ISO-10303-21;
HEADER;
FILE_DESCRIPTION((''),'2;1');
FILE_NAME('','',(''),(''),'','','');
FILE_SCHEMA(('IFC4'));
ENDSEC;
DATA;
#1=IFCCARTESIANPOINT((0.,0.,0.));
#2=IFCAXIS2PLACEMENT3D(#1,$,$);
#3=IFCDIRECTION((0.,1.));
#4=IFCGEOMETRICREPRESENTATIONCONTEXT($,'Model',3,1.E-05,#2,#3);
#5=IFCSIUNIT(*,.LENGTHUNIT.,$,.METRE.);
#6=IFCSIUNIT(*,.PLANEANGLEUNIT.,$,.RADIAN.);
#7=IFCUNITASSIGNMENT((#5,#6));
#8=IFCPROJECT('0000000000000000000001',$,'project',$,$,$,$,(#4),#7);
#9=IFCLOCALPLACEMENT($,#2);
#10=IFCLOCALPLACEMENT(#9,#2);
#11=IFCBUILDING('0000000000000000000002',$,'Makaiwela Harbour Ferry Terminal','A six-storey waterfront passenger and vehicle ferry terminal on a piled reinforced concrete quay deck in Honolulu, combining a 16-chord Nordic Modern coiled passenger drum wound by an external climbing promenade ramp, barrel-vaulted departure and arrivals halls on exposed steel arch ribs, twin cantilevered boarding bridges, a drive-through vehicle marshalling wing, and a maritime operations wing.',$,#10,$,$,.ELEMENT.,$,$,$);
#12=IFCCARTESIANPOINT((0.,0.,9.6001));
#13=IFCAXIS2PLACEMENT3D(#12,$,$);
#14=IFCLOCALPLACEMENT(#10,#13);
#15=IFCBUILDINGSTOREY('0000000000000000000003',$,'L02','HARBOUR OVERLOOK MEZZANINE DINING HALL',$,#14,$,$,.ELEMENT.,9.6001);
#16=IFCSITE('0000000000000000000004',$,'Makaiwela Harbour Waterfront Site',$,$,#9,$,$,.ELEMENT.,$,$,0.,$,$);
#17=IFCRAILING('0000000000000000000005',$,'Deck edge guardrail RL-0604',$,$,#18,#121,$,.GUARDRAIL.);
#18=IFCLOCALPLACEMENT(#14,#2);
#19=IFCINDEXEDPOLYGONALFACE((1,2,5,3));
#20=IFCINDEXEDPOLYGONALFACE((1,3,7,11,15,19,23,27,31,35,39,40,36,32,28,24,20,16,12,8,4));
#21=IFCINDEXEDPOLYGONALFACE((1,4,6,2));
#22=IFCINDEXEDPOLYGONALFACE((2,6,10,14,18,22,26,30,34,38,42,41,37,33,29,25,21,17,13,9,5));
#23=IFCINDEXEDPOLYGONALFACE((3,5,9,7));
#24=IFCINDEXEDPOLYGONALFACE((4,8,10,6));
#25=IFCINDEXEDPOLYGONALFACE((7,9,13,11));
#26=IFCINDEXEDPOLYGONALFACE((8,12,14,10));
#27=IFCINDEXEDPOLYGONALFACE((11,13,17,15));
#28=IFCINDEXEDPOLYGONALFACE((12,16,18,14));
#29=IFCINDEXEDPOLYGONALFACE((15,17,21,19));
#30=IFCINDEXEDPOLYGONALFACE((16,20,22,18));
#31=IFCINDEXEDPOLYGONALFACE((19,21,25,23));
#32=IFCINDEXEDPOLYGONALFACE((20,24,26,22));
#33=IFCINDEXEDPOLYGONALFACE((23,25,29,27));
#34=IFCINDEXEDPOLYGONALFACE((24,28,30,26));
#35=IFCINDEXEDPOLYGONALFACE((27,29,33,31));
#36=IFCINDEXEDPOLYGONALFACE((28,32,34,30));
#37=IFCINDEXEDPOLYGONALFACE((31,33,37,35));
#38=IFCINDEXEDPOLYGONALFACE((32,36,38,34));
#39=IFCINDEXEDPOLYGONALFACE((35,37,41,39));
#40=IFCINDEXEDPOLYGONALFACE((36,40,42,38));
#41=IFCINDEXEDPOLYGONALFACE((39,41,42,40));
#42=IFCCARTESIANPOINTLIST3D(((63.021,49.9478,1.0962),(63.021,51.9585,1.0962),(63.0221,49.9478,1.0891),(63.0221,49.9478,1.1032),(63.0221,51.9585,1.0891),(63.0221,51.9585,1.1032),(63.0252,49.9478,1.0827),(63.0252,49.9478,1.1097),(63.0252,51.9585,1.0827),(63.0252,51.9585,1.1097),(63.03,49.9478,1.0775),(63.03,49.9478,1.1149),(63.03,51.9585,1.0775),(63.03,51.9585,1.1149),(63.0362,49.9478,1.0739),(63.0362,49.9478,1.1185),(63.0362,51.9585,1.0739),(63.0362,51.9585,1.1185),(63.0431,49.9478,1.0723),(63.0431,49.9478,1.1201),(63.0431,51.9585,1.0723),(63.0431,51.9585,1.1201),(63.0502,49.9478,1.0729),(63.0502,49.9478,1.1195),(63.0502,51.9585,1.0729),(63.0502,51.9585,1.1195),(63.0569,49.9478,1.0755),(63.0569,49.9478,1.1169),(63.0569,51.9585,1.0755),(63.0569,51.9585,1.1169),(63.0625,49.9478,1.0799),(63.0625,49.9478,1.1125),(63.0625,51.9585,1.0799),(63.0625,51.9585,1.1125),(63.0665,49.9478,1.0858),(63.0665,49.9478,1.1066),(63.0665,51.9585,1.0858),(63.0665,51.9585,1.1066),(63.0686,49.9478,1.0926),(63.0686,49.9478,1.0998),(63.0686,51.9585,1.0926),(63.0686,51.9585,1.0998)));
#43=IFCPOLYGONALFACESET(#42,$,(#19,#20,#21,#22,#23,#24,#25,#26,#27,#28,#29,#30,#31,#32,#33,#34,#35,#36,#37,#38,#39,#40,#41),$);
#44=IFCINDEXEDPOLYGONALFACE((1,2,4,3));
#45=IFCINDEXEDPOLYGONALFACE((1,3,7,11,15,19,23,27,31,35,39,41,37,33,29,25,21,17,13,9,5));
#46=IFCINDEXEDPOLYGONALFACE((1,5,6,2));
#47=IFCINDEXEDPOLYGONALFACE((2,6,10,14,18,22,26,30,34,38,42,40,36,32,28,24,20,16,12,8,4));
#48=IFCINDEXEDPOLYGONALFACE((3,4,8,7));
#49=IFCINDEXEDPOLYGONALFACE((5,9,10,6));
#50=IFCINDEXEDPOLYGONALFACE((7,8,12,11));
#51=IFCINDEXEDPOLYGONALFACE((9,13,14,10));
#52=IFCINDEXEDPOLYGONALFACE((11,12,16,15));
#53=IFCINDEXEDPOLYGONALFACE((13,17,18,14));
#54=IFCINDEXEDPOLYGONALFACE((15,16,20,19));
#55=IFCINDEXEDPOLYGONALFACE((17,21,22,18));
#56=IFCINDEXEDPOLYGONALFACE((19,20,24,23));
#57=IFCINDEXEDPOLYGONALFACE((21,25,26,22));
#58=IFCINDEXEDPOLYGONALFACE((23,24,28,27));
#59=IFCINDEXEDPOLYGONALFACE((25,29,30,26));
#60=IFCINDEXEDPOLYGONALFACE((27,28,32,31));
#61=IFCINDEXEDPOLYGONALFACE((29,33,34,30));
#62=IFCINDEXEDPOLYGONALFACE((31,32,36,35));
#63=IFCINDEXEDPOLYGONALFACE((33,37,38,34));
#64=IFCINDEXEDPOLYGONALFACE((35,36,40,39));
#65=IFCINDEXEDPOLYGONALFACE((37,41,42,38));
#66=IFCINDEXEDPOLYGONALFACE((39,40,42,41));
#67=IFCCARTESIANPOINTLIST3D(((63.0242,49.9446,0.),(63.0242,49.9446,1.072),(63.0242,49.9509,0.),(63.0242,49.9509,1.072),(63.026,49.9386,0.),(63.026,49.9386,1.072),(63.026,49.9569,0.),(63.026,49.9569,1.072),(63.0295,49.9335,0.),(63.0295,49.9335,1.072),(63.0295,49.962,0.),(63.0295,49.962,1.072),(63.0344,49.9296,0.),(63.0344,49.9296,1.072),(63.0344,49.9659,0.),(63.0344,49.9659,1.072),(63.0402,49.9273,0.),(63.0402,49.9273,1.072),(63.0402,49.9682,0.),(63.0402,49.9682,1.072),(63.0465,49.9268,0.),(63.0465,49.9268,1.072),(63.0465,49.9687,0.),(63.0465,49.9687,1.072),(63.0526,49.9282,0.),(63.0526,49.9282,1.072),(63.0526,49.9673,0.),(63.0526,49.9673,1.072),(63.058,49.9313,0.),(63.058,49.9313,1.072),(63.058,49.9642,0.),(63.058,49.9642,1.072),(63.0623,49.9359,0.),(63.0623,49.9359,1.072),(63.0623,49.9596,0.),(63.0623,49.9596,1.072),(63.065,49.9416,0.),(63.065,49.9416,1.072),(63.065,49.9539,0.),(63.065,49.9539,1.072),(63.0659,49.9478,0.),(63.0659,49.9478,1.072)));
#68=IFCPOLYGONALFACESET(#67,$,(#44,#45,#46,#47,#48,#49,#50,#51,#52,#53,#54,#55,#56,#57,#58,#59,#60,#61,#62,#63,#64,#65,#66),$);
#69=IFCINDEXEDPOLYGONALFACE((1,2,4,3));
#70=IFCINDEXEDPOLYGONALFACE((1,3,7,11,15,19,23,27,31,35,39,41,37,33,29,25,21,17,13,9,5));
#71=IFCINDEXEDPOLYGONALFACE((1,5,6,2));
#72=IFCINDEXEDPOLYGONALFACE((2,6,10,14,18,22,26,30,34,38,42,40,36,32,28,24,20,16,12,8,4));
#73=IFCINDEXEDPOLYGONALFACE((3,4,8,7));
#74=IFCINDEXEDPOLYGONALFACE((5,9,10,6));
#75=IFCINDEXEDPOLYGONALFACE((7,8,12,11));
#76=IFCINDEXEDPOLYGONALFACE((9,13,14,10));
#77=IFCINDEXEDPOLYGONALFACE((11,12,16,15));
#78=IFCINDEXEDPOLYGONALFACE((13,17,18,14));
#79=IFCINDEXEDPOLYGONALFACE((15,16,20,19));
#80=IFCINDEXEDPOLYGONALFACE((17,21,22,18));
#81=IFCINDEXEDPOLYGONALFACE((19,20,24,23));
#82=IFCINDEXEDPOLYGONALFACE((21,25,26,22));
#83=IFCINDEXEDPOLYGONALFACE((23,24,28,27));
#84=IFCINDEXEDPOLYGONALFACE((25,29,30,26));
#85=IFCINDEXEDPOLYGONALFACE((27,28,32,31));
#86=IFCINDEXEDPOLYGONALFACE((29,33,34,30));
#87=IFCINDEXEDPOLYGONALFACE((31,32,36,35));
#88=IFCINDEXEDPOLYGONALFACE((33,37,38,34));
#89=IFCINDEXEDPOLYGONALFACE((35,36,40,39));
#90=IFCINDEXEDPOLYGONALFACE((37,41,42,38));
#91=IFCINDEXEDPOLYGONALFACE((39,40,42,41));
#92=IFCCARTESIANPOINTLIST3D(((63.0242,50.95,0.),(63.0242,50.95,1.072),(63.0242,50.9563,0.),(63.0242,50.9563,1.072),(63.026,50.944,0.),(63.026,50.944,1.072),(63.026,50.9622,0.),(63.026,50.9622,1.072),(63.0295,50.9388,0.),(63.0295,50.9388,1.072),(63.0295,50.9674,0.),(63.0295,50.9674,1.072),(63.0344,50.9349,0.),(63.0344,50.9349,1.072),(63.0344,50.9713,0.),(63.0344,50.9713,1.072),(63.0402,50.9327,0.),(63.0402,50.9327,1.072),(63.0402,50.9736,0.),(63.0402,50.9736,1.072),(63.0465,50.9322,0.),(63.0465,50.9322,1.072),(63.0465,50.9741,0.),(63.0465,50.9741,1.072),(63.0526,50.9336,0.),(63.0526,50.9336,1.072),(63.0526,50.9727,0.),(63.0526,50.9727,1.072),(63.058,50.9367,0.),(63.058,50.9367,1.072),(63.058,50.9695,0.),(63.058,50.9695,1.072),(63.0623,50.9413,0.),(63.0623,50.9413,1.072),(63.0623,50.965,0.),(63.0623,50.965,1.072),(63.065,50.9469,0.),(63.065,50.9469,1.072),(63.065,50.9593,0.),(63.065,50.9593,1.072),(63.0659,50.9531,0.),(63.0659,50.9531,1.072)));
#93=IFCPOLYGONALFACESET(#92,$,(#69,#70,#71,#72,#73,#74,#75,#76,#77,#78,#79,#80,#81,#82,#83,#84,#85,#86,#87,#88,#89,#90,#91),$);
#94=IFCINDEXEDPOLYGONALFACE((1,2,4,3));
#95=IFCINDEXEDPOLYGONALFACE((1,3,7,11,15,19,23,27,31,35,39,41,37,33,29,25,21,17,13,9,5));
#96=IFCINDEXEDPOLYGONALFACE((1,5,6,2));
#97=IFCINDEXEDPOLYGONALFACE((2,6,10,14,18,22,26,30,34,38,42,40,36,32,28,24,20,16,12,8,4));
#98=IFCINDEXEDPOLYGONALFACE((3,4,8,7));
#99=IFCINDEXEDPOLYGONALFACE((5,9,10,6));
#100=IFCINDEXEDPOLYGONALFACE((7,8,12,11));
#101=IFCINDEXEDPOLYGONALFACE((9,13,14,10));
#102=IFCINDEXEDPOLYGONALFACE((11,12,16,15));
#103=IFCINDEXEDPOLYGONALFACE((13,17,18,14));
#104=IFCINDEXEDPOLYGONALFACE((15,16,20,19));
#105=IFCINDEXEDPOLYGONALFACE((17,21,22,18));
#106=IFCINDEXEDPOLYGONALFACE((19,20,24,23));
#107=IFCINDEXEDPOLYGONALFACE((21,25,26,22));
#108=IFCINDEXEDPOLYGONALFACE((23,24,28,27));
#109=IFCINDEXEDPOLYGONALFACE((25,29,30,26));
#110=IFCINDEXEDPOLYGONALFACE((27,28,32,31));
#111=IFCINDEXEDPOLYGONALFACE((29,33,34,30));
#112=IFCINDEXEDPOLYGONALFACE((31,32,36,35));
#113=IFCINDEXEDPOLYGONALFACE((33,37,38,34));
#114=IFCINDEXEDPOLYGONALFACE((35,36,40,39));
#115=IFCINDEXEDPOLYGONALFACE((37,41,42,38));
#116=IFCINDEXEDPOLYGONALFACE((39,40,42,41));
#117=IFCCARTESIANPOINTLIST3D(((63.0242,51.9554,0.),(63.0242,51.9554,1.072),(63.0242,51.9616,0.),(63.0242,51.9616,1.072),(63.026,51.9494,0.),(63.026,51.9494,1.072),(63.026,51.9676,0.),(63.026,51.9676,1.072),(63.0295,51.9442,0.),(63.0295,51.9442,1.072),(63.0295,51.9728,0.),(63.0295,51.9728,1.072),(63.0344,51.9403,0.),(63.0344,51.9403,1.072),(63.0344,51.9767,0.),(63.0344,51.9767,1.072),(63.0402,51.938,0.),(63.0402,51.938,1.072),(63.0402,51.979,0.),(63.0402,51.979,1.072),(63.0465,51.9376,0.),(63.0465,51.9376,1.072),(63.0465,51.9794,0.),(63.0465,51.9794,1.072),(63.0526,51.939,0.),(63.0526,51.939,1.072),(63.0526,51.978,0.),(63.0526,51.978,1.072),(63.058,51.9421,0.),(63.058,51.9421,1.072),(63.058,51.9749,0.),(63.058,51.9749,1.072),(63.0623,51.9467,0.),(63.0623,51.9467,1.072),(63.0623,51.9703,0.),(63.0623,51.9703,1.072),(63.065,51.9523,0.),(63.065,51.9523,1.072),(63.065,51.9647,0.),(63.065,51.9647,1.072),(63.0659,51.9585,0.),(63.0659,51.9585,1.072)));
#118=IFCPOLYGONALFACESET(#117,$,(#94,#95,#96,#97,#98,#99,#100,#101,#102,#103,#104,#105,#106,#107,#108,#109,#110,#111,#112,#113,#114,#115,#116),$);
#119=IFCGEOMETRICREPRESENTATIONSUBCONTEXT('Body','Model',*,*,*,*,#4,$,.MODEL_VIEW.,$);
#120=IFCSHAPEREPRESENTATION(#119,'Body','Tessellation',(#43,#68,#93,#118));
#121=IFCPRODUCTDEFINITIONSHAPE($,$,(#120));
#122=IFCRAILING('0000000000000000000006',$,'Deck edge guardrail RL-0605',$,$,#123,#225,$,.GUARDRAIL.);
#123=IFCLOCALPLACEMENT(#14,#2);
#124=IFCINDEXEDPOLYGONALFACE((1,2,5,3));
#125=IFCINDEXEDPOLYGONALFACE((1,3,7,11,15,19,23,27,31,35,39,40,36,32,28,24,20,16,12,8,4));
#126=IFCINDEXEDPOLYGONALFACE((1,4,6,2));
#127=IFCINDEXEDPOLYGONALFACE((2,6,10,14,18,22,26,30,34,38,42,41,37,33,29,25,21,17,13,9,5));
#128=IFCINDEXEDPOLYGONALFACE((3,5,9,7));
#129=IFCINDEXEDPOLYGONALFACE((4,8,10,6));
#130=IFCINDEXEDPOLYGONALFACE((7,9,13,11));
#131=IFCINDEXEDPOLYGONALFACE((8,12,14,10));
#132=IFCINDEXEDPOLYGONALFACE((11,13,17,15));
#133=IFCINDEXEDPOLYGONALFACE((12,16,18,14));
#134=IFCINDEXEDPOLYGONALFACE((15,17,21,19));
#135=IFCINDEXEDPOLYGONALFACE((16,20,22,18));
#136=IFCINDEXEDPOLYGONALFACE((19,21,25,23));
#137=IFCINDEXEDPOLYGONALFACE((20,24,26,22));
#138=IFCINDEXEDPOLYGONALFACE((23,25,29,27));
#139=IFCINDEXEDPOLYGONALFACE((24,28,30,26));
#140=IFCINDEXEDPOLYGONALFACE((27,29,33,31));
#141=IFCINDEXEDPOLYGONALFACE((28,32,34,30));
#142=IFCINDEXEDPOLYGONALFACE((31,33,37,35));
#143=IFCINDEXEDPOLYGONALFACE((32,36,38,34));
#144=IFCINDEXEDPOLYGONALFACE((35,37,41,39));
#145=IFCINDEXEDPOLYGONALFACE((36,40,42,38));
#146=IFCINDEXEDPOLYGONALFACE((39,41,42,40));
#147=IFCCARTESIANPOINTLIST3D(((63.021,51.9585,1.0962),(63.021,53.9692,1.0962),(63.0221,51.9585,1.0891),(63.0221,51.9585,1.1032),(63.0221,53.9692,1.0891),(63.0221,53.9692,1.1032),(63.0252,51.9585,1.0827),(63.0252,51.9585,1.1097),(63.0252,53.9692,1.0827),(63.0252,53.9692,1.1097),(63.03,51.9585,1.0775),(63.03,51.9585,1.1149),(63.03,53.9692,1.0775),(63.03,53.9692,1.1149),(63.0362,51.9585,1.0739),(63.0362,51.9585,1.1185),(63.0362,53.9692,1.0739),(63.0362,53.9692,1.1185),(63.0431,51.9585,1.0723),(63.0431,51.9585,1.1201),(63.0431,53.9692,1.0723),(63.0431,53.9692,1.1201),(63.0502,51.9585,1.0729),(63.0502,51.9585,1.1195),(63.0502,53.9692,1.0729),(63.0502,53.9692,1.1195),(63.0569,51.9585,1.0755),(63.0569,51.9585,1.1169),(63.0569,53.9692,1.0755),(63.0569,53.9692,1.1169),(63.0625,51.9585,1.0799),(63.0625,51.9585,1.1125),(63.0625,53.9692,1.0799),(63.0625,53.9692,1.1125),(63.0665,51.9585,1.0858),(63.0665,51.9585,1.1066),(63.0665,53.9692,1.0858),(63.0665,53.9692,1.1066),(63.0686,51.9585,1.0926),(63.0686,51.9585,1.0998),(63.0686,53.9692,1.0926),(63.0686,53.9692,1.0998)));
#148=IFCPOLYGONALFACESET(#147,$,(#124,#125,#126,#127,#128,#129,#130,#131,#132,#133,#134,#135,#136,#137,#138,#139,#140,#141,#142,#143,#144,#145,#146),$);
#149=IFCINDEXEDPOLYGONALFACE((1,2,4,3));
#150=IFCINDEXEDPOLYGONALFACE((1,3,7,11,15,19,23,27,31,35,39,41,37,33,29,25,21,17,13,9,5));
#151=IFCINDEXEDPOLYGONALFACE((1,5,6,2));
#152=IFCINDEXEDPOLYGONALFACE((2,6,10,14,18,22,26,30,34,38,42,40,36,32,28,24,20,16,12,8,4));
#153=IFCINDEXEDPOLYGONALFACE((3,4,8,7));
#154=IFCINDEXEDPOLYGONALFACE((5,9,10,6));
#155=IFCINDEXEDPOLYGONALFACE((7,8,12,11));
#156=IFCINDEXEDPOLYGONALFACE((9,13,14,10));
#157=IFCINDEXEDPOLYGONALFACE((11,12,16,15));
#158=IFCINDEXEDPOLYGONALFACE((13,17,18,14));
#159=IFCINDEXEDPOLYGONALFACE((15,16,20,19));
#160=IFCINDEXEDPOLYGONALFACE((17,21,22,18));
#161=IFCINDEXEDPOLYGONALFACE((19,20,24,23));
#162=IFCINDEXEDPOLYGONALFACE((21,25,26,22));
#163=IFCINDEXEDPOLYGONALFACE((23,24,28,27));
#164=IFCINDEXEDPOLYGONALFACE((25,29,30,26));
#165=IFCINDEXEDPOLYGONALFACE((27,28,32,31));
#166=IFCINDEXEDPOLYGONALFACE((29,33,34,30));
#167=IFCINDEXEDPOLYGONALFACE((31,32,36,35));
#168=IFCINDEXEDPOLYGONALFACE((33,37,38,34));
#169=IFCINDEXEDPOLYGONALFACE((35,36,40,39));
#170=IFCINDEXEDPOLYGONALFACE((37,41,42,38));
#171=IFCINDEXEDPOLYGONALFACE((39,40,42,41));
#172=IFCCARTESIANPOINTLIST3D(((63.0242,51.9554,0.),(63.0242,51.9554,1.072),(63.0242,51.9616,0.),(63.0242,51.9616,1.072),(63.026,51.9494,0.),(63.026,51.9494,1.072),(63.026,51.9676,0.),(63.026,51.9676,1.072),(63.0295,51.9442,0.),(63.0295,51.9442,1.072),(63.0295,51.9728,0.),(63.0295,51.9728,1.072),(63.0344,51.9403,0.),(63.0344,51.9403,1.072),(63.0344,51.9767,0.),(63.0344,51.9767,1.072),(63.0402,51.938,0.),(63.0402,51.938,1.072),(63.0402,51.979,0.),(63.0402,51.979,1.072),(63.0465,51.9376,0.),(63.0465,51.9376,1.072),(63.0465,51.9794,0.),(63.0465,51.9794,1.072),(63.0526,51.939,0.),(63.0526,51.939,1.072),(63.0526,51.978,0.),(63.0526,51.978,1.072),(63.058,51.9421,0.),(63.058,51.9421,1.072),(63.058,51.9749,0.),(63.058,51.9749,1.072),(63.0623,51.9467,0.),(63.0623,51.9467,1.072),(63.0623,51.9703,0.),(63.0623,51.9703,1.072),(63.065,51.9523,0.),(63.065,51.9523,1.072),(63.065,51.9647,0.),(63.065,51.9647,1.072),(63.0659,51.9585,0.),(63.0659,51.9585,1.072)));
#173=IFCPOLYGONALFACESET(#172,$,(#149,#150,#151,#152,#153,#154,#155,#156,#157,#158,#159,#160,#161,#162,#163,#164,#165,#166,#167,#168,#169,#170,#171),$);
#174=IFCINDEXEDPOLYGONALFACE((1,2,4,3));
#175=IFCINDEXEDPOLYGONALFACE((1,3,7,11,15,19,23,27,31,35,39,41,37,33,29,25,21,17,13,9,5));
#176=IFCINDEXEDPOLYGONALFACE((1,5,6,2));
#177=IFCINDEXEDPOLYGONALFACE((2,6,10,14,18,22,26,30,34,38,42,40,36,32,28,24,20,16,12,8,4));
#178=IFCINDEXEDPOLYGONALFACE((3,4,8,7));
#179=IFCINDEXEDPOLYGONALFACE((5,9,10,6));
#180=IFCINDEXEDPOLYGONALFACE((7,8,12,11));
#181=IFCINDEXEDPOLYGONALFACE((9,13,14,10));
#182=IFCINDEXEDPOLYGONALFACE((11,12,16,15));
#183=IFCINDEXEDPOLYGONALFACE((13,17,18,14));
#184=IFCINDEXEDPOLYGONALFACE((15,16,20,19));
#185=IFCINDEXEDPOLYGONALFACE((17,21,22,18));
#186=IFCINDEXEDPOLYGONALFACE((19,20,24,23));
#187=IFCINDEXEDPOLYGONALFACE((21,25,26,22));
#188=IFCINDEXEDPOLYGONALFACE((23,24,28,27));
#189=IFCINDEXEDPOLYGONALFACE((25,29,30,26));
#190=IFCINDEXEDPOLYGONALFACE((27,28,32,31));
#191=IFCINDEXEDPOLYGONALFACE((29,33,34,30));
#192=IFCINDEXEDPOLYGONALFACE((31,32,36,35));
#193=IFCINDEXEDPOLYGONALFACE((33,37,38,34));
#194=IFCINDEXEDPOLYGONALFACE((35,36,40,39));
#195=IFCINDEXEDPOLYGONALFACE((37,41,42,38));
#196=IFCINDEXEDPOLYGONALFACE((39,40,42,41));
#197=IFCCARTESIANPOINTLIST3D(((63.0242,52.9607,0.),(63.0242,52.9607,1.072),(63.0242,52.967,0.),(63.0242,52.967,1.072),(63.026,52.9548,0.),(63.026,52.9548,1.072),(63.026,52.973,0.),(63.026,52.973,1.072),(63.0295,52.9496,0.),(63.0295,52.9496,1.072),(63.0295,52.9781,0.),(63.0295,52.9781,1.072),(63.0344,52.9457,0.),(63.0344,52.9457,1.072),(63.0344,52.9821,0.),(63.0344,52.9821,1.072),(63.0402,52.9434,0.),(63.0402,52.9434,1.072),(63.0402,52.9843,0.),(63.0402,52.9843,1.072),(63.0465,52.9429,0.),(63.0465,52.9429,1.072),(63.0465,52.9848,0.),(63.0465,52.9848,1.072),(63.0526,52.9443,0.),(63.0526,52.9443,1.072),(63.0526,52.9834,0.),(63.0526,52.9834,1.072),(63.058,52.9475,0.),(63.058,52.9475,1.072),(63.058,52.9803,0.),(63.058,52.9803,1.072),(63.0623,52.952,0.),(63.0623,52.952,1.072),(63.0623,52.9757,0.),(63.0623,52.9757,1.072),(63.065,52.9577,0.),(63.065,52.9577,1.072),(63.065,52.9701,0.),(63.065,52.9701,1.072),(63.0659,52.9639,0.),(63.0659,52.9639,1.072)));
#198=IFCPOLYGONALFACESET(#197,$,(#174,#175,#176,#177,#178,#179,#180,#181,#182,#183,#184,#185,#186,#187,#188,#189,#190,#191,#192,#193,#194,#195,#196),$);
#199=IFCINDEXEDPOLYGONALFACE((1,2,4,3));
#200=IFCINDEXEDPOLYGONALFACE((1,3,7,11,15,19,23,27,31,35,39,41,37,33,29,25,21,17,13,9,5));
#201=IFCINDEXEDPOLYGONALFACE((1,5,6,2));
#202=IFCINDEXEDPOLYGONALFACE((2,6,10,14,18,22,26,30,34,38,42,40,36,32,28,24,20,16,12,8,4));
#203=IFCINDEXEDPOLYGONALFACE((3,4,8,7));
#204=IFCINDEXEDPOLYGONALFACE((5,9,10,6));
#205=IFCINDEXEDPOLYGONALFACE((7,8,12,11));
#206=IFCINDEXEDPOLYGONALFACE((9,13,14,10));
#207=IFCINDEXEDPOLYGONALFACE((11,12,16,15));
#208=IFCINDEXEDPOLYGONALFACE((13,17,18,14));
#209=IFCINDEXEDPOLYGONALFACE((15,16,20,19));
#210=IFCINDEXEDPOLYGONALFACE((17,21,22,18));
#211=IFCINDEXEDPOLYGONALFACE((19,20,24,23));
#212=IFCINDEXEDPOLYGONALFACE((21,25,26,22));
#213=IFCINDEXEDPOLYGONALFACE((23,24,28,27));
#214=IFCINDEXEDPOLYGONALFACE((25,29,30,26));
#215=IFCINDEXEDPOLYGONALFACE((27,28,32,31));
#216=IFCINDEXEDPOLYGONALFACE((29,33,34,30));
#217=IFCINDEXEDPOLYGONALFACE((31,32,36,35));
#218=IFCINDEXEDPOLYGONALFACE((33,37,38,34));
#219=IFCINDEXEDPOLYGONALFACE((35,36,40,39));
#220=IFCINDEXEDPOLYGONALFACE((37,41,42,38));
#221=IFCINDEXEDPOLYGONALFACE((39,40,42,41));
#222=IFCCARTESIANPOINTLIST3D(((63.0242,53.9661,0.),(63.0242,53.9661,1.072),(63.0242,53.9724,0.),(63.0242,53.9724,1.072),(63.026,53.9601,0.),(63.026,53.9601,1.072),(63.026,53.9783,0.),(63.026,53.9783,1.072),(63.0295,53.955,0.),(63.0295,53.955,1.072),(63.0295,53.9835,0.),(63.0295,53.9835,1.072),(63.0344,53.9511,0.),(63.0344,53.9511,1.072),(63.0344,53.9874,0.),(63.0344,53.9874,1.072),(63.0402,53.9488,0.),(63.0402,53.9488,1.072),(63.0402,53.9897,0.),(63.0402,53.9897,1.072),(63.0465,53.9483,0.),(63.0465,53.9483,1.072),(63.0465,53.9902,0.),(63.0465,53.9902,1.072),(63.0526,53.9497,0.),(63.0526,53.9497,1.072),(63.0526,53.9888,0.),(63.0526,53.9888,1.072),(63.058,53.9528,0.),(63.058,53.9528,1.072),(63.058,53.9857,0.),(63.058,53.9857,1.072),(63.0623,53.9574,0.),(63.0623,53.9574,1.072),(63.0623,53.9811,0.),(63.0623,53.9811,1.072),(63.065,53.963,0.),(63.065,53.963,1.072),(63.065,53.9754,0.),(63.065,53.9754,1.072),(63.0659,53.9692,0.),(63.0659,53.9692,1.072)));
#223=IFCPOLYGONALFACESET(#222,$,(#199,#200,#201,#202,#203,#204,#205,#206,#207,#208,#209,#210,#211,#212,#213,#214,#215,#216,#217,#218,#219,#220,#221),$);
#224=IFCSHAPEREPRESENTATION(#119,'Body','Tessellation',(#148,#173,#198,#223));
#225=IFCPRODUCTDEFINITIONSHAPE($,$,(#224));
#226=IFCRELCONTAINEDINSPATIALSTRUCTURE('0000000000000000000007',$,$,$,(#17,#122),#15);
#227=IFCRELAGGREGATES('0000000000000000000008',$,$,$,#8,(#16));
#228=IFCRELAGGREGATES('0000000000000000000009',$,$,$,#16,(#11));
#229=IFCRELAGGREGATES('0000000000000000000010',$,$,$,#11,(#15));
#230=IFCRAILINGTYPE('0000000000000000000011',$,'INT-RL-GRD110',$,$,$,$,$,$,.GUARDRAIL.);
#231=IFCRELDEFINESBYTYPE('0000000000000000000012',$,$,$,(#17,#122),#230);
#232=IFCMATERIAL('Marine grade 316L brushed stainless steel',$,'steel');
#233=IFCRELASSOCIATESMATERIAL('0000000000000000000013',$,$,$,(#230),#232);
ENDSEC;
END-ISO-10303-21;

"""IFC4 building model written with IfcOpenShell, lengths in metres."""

from ifc_helpers import new_model, si_unit, direction, frame, origin, origin_2d, place, context, subcontext, project, spatial, circle, extrude, material, type_object, element, save


model = new_model("IFC4")

# Units and contexts
model_context = context("Model", 3, precision=1e-05, world=origin(), true_north=direction((0.0, 1.0)))
body_context = subcontext(model_context, "Body", "Model", "MODEL_VIEW")
ifc_project = project(units=[si_unit("LENGTHUNIT", "METRE"), si_unit("PLANEANGLEUNIT", "RADIAN")], contexts=[model_context])

# Site, building, storey
site_placement = place(None, origin())
site = spatial("IfcSite", under=ifc_project, at=site_placement, Name="Makaiwela Harbour Waterfront Site", CompositionType="ELEMENT", RefElevation=0.0)
building_placement = place(site_placement, origin())
building = spatial("IfcBuilding", under=site, at=building_placement, Name="Makaiwela Harbour Ferry Terminal", Description="A six-storey waterfront passenger and vehicle ferry terminal on a piled reinforced concrete quay deck in Honolulu, combining a 16-chord Nordic Modern coiled passenger drum wound by an external climbing promenade ramp, barrel-vaulted departure and arrivals halls on exposed steel arch ribs, twin cantilevered boarding bridges, a drive-through vehicle marshalling wing, and a maritime operations wing.", CompositionType="ELEMENT")
storey_placement = place(building_placement, frame((0.0, 0.0, 9.6001)))
storey = spatial("IfcBuildingStorey", under=building, at=storey_placement, Name="L02", Description="HARBOUR OVERLOOK MEZZANINE DINING HALL", CompositionType="ELEMENT", Elevation=9.6001)

# Railings
ifc_material_1 = material(Name="Marine grade 316L brushed stainless steel", Category="steel")
railing_type = type_object("IfcRailingType", Name="INT-RL-GRD110", PredefinedType="GUARDRAIL", material=ifc_material_1)
for number, where, name in (
    (1, (63.0449, 49.9478, 0.0), "Deck edge guardrail RL-0604"),
    (2, (63.0449, 51.9585, 0.0), "Deck edge guardrail RL-0605"),
):
    element("IfcRailing", number, at=place(storey_placement, frame(where)), inside=storey, type_object=railing_type, Name=name, PredefinedType="GUARDRAIL", context=body_context, shape_type="SweptSolid", body=[
        extrude(circle(Radius=0.0239, at=origin_2d()), frame((0.0, 0.0, 1.0962), z_axis=(0.0, 1.0, 0.0), x_axis=(-1.0, 0.0, 0.0)), (0.0, 0.0, 1.0), 2.0107),
        extrude(circle(Radius=0.021, at=origin_2d()), origin(), (0.0, 0.0, 1.0), 1.072),
        extrude(circle(Radius=0.021, at=origin_2d()), frame((0.0, 1.0054, 0.0)), (0.0, 0.0, 1.0), 1.072),
        extrude(circle(Radius=0.021, at=origin_2d()), frame((0.0, 2.0107, 0.0)), (0.0, 0.0, 1.0), 1.072),
    ])

save(model, "model.ifc")
